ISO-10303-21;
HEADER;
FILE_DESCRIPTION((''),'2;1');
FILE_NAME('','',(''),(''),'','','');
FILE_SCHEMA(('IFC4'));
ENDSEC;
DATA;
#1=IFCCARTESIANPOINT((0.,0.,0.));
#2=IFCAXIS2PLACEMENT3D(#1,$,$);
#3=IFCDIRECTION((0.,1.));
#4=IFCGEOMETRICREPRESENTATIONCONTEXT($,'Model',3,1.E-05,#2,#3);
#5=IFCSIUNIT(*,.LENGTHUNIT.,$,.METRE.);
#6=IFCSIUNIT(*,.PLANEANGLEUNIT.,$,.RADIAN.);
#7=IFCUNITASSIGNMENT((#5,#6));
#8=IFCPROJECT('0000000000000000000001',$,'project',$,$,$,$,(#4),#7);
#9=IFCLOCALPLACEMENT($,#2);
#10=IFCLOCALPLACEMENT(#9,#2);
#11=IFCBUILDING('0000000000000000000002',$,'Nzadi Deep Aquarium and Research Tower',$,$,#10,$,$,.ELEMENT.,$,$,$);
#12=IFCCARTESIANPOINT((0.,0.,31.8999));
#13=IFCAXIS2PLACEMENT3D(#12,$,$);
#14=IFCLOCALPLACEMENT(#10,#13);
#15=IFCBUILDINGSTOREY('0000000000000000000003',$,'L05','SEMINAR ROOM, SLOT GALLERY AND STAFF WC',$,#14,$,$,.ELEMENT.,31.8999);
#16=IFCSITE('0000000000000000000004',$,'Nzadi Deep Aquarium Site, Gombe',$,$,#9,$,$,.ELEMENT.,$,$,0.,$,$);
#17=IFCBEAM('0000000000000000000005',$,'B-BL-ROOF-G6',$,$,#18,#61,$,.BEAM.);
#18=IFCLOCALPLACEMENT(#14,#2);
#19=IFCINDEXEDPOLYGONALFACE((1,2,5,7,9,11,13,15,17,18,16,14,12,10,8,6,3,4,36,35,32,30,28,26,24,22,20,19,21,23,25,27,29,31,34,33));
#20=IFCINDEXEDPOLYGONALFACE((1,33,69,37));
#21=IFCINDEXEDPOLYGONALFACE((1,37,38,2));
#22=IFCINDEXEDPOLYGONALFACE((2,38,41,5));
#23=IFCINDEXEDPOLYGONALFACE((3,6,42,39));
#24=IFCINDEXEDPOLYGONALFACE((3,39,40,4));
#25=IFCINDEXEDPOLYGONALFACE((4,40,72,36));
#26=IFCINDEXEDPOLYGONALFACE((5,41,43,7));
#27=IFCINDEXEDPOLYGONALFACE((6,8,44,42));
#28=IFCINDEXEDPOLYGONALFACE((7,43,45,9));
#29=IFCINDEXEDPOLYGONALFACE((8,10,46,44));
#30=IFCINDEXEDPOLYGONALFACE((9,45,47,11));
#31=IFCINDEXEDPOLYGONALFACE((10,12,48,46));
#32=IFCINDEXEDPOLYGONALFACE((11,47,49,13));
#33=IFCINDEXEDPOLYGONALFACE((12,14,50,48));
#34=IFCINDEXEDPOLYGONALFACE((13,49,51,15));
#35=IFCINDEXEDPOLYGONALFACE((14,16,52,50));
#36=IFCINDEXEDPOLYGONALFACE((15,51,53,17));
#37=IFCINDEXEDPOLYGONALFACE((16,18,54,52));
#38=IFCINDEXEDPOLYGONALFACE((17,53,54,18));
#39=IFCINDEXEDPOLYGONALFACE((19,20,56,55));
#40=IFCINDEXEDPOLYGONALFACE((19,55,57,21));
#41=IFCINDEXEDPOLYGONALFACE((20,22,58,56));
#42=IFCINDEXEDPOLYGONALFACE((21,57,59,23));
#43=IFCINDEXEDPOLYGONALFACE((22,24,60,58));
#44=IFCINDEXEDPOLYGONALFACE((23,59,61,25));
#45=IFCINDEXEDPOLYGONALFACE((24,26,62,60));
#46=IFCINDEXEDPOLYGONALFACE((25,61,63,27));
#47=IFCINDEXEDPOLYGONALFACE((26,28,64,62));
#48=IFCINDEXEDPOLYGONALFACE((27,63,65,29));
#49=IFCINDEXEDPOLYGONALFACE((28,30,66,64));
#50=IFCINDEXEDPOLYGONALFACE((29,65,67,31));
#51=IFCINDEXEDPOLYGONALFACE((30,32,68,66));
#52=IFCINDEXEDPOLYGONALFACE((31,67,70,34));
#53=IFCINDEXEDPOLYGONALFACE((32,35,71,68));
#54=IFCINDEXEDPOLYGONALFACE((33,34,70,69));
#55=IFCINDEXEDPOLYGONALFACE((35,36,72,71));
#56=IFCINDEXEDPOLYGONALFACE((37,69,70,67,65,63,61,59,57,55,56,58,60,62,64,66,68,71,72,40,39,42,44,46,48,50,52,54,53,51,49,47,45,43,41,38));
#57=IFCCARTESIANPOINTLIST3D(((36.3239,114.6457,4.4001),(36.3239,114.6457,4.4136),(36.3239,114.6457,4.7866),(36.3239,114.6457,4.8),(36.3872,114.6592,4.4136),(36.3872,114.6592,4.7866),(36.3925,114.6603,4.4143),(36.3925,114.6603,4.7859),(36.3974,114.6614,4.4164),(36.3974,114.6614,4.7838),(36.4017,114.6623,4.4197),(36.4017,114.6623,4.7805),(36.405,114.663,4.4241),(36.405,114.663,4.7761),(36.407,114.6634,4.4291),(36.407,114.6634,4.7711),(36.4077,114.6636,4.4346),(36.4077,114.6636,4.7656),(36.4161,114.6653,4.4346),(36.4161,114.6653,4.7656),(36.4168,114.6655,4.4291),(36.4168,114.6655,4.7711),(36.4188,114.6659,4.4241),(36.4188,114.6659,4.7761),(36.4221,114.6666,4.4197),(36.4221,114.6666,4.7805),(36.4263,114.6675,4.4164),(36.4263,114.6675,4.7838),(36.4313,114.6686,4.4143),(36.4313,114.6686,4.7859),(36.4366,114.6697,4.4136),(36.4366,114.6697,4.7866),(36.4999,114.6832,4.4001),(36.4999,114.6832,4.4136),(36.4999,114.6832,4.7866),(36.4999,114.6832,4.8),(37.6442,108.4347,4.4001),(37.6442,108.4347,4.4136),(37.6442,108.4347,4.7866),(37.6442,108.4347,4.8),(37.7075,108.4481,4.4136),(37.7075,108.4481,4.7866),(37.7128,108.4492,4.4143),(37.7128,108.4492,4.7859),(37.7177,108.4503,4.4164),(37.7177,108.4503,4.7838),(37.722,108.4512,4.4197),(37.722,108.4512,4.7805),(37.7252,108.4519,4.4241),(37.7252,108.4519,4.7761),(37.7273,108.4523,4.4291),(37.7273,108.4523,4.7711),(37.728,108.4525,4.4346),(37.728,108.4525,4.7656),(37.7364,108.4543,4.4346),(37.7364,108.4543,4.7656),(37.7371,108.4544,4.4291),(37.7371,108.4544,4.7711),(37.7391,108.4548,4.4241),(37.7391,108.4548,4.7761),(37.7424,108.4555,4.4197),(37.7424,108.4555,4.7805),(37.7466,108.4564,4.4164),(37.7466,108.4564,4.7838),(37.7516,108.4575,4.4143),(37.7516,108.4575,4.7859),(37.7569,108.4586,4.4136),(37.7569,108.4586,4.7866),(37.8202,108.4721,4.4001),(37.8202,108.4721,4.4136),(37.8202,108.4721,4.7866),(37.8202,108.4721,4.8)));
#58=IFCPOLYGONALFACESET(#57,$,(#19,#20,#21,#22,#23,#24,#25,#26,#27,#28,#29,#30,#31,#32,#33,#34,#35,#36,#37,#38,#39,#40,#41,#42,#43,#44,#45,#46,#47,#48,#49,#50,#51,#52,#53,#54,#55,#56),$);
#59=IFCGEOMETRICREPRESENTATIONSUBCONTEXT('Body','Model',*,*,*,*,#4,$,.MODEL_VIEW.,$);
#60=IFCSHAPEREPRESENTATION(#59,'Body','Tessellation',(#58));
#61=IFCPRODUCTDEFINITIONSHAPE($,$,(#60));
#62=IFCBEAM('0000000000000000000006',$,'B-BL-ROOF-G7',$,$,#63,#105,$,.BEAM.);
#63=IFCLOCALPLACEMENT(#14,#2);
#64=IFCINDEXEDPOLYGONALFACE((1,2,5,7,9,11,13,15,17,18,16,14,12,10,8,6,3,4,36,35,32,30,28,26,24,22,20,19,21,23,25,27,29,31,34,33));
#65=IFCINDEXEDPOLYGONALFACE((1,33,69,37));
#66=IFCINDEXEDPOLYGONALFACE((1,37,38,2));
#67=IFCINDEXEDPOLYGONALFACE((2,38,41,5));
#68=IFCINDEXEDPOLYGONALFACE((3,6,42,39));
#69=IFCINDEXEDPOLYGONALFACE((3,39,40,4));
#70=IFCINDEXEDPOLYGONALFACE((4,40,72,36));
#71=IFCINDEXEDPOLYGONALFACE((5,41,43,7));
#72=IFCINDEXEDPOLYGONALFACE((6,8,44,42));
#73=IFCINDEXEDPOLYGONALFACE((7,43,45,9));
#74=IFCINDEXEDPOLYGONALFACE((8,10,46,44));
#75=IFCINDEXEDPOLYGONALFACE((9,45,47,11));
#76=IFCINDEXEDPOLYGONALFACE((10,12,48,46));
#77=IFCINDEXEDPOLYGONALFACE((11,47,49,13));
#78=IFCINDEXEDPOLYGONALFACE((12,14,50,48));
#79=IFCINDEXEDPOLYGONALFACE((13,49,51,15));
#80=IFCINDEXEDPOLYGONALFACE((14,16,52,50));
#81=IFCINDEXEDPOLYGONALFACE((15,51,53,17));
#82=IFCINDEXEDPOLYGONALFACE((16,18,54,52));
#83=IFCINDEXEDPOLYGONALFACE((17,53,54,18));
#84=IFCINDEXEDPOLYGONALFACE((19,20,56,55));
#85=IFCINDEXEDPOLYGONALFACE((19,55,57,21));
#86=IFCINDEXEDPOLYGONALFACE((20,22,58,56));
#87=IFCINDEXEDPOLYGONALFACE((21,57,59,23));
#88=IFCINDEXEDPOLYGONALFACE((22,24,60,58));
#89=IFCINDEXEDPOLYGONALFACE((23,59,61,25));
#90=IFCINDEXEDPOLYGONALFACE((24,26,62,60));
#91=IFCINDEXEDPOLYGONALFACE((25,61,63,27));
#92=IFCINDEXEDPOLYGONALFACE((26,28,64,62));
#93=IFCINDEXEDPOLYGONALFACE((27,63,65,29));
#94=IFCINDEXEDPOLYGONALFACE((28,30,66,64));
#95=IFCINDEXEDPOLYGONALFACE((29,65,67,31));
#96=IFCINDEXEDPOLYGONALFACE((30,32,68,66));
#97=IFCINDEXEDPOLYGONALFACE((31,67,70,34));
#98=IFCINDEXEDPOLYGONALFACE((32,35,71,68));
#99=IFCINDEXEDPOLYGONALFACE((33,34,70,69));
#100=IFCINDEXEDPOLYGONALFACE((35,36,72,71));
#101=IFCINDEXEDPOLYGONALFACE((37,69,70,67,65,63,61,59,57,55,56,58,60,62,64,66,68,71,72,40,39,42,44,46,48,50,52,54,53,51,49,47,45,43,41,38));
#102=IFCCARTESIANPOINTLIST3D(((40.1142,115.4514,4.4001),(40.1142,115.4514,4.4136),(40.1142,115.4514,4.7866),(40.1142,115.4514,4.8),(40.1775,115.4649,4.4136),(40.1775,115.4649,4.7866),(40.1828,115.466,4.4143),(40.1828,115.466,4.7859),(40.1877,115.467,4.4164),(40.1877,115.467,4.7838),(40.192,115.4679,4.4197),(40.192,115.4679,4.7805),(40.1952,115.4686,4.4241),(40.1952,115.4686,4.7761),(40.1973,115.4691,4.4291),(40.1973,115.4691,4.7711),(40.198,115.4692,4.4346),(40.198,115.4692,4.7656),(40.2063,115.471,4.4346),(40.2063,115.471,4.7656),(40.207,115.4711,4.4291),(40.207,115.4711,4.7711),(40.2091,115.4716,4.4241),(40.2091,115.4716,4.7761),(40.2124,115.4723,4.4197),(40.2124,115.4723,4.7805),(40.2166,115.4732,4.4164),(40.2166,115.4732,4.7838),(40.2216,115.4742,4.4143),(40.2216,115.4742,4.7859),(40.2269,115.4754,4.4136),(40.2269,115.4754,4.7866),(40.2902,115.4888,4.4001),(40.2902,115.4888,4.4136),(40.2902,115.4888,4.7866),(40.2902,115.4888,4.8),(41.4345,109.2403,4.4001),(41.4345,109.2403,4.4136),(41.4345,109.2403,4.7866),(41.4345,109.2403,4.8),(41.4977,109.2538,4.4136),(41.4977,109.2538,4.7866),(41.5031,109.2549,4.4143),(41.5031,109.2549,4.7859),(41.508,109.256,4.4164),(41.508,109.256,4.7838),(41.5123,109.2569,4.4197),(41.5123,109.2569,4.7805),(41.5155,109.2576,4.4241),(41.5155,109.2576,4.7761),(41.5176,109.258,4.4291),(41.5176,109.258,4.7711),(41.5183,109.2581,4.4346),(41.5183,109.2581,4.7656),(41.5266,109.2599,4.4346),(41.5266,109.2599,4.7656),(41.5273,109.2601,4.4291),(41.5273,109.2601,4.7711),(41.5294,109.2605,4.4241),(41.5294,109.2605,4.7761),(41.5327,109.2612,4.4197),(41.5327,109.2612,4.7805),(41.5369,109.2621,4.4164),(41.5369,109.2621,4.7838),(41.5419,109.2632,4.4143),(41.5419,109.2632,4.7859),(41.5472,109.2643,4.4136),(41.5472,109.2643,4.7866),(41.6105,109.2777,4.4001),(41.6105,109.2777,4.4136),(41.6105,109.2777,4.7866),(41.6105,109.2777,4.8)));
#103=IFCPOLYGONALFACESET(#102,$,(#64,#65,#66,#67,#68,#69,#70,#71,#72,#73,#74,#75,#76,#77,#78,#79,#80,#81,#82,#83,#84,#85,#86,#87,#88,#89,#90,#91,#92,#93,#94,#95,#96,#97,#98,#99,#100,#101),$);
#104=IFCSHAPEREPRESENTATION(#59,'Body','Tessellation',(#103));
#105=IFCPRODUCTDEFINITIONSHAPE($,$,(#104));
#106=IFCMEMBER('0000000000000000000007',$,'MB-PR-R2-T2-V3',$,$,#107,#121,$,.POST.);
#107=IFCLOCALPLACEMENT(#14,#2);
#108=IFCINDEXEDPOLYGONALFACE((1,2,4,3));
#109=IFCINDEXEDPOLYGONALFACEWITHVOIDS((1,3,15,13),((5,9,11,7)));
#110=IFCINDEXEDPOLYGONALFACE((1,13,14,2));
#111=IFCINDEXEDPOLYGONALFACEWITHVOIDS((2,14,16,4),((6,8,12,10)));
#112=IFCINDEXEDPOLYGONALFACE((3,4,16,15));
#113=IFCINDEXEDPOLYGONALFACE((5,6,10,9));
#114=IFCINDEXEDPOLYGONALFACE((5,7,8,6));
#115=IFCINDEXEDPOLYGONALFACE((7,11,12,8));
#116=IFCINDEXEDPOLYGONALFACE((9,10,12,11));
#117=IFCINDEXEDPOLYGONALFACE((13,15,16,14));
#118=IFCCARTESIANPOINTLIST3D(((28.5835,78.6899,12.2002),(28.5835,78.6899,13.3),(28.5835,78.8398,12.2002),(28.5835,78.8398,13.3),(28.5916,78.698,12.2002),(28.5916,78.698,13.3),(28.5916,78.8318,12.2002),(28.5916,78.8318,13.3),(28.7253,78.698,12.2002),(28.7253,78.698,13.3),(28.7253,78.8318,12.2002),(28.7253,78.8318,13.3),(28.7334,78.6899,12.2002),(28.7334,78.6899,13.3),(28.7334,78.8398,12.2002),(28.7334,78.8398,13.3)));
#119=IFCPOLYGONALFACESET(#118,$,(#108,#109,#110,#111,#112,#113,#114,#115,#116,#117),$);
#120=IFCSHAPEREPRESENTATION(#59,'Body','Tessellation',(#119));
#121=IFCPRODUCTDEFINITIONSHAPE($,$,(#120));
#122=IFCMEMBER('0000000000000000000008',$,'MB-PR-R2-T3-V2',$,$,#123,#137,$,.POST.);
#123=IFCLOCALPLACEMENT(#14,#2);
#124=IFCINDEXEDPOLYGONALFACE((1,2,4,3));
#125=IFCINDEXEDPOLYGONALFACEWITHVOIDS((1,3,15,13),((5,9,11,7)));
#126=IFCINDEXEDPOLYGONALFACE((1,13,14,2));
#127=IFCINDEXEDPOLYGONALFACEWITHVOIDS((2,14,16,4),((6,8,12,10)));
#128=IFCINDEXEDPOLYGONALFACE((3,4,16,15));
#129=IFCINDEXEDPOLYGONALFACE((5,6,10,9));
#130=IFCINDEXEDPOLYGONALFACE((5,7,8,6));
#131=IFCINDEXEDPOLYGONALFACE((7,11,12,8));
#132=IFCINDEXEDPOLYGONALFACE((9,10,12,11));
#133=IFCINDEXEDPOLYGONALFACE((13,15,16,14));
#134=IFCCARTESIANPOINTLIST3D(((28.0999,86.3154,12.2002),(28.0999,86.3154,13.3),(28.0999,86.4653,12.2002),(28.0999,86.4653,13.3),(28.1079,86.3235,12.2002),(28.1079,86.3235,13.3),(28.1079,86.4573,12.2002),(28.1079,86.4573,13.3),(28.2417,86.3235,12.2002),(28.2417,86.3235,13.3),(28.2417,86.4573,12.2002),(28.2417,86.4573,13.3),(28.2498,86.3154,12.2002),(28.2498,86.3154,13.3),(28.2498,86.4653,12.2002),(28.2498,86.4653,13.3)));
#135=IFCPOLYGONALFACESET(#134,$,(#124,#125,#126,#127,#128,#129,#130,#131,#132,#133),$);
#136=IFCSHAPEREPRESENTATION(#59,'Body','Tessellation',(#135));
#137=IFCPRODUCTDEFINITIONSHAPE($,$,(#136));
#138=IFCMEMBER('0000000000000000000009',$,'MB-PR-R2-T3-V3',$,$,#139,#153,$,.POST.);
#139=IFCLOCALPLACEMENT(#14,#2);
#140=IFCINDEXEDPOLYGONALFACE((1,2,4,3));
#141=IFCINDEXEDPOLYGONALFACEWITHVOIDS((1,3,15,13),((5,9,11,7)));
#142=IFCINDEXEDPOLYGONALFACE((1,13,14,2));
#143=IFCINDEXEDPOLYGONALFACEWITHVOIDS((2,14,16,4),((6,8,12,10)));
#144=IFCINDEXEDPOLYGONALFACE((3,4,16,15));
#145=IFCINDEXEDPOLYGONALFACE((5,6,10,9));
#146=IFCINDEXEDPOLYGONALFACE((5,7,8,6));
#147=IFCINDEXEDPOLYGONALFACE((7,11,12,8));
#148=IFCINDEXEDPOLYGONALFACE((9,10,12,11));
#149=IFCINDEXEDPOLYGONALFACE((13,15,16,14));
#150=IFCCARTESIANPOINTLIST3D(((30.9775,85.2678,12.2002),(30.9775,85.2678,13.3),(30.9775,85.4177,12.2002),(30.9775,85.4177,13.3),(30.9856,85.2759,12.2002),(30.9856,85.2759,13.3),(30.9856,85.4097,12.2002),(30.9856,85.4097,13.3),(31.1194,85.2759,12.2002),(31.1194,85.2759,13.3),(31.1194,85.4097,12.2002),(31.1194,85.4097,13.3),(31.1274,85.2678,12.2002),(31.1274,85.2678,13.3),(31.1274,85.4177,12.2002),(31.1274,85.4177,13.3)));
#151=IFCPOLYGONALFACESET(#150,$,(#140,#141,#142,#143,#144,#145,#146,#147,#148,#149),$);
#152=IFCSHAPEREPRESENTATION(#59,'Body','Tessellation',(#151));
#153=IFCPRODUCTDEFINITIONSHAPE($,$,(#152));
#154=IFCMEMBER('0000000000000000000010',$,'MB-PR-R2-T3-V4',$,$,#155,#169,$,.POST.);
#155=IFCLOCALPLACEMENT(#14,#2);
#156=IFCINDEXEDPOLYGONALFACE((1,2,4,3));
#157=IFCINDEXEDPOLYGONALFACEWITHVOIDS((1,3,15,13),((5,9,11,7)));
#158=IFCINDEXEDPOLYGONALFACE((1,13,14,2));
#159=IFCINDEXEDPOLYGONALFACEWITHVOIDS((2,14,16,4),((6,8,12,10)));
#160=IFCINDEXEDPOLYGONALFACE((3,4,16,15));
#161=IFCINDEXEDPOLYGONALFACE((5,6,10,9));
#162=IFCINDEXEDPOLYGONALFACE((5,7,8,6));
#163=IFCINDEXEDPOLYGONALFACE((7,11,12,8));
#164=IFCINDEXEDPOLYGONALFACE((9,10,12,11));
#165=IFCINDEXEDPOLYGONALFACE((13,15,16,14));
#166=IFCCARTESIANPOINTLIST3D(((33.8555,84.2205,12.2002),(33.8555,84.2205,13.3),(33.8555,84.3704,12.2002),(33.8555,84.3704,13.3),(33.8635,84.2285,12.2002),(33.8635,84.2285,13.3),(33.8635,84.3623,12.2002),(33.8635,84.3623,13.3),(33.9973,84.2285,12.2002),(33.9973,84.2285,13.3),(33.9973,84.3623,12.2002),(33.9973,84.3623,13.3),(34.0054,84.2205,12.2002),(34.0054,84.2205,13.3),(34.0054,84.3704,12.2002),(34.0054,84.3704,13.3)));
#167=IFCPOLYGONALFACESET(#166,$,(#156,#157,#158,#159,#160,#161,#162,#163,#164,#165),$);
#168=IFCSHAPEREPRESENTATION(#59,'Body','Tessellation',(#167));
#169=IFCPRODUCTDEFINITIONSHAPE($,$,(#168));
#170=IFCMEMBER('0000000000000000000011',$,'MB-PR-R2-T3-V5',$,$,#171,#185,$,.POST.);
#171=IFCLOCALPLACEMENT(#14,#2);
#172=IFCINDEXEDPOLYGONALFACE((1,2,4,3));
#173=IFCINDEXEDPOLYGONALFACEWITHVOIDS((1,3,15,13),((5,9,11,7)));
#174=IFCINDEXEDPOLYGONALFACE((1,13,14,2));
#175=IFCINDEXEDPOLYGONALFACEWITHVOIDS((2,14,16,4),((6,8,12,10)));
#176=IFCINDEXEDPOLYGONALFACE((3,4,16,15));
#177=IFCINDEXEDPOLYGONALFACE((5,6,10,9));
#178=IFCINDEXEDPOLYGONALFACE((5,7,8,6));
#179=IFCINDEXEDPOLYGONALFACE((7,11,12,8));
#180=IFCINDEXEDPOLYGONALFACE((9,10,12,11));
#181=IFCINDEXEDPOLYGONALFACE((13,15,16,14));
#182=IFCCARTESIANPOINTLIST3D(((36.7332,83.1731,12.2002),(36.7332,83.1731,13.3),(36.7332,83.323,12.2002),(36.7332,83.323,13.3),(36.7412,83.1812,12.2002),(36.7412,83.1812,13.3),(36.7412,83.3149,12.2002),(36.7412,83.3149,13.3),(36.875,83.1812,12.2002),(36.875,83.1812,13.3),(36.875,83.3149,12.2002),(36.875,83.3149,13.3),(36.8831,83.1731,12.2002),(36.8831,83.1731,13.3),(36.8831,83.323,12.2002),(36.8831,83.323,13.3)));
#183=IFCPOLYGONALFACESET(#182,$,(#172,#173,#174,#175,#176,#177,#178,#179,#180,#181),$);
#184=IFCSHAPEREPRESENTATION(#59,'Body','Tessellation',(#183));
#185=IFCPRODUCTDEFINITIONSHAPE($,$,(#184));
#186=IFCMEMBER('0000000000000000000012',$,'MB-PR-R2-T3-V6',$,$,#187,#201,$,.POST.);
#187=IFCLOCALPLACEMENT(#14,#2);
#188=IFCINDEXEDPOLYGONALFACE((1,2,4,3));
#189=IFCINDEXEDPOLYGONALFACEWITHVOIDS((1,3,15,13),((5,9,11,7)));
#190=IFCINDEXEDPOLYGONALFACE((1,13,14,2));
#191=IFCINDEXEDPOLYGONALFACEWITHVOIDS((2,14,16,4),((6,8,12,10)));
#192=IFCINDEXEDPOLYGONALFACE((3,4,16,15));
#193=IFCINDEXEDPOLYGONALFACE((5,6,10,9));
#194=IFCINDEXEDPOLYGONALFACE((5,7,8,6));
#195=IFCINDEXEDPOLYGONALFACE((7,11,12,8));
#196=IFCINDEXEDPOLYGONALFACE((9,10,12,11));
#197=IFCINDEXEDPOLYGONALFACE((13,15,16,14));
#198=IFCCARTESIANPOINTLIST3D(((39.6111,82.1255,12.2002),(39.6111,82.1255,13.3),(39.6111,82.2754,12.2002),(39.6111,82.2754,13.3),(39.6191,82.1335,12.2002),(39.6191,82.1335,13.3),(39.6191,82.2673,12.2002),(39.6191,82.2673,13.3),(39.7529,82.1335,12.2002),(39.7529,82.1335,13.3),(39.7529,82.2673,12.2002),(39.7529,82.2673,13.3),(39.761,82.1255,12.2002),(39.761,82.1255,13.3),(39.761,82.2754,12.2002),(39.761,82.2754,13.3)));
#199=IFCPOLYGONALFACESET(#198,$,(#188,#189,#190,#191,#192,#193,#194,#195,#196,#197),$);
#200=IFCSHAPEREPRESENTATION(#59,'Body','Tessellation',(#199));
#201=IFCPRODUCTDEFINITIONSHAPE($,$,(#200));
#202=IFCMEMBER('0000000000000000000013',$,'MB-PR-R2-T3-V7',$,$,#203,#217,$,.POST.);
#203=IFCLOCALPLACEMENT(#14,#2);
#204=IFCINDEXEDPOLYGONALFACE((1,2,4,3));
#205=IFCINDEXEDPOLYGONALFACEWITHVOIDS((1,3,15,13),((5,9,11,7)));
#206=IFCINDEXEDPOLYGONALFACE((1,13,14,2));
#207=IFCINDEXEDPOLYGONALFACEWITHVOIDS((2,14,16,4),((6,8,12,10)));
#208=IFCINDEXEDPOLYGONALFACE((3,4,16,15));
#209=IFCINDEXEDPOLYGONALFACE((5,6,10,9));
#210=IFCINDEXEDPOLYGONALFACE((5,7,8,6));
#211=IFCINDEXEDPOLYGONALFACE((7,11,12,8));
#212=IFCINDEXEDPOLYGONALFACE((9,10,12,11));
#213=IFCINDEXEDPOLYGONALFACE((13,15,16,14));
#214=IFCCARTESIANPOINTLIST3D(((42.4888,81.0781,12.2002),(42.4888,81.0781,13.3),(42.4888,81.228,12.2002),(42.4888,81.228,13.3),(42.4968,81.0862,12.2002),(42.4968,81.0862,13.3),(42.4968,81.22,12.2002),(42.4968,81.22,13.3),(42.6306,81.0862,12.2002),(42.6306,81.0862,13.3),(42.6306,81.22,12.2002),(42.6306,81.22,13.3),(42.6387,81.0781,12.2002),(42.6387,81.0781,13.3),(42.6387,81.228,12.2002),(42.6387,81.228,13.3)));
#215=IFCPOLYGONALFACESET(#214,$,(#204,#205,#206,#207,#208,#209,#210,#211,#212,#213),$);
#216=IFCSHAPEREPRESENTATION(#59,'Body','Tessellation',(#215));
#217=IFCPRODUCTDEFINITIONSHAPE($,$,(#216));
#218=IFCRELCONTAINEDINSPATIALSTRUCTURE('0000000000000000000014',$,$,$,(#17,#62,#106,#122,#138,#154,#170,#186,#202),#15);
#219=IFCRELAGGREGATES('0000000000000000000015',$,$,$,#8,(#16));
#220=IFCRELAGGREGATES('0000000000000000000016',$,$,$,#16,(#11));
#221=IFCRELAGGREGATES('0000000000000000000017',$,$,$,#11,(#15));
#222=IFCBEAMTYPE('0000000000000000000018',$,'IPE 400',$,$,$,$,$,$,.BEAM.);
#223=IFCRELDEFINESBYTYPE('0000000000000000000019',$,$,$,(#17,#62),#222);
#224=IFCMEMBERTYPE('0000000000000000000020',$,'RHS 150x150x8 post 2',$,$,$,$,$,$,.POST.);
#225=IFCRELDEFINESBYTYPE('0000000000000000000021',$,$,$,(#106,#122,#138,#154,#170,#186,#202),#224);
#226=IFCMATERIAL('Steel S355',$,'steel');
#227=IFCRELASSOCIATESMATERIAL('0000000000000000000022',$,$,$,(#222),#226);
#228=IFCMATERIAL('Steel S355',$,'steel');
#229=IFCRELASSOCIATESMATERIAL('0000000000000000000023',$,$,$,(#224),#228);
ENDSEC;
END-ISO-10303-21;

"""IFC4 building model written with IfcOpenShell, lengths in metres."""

from ifc_helpers import new_model, si_unit, direction, frame, origin, origin_2d, place, context, subcontext, project, spatial, hollow_rectangle, i_section, extrude, material, material_profile, profile_set, type_object, element, save


model = new_model("IFC4")

# Units and contexts
model_context = context("Model", 3, precision=1e-05, world=origin(), true_north=direction((0.0, 1.0)))
body_context = subcontext(model_context, "Body", "Model", "MODEL_VIEW")
ifc_project = project(units=[si_unit("LENGTHUNIT", "METRE"), si_unit("PLANEANGLEUNIT", "RADIAN")], contexts=[model_context])

# Site, building, storey
site_placement = place(None, origin())
site = spatial("IfcSite", under=ifc_project, at=site_placement, Name="Nzadi Deep Aquarium Site, Gombe", CompositionType="ELEMENT", RefElevation=0.0)
building_placement = place(site_placement, origin())
building = spatial("IfcBuilding", under=site, at=building_placement, Name="Nzadi Deep Aquarium and Research Tower", CompositionType="ELEMENT")
storey_placement = place(building_placement, frame((0.0, 0.0, 31.8999)))
storey = spatial("IfcBuildingStorey", under=building, at=storey_placement, Name="L05", Description="SEMINAR ROOM, SLOT GALLERY AND STAFF WC", CompositionType="ELEMENT", Elevation=31.8999)

# Beams
ifc_material_1 = material(Name="Steel S355", Category="steel")
ifc_material_profile_1 = material_profile(ifc_material_1, i_section(OverallWidth=0.1799, OverallDepth=0.3999, WebThickness=0.0085, FlangeThickness=0.0134, FilletRadius=0.021, at=origin_2d()))
ifc_profile_set_1 = profile_set([ifc_material_profile_1], Name="Steel S355")
beam_type = type_object("IfcBeamType", Name="IPE 400", PredefinedType="BEAM", material=ifc_profile_set_1)
for number, where, z_axis, x_axis, name in (
    (1, (37.7322, 108.4534, 4.6001), (-0.207925, 0.978145, 0.0), (-0.978145, -0.207925, 0.0), "B-BL-ROOF-G6"),
    (2, (41.5225, 109.259, 4.6001), (-0.207925, 0.978145, 0.0), (-0.978145, -0.207925, 0.0), "B-BL-ROOF-G7"),
):
    element("IfcBeam", number, at=place(storey_placement, frame(where, z_axis=z_axis, x_axis=x_axis)), inside=storey, type_object=beam_type, Name=name, PredefinedType="BEAM", context=body_context, shape_type="SweptSolid", body=[
        extrude(i_section(OverallWidth=0.1799, OverallDepth=0.3999, WebThickness=0.0085, FlangeThickness=0.0134, FilletRadius=0.021, at=origin_2d()), origin(), (0.0, 0.0, 1.0), 6.3499),
    ])

# Members
ifc_material_2 = material(Name="Steel S355", Category="steel")
ifc_material_profile_2 = material_profile(ifc_material_2, hollow_rectangle(XDim=0.1499, YDim=0.1499, WallThickness=0.0081, at=origin_2d()))
ifc_profile_set_2 = profile_set([ifc_material_profile_2], Name="Steel S355")
member_type_1 = type_object("IfcMemberType", Name="RHS 150x150x8 post 2", PredefinedType="POST", material=ifc_profile_set_2)
for number, where, z_axis, x_axis, name in (
    (3, (28.6584, 78.7649, 12.2002), (0.0, 0.0, 1.0), (1.0, 0.0, 0.0), "MB-PR-R2-T2-V3"),
    (4, (28.1748, 86.3904, 12.2002), (0.0, 0.0, 1.0), (1.0, 0.0, 0.0), "MB-PR-R2-T3-V2"),
    (5, (31.0525, 85.3428, 12.2002), (0.0, 0.0, 1.0), (1.0, 0.0, 0.0), "MB-PR-R2-T3-V3"),
    (6, (33.9304, 84.2954, 12.2002), (0.0, 0.0, 1.0), (1.0, 0.0, 0.0), "MB-PR-R2-T3-V4"),
    (7, (36.8081, 83.248, 12.2002), (0.0, 0.0, 1.0), (1.0, 0.0, 0.0), "MB-PR-R2-T3-V5"),
    (8, (39.686, 82.2004, 12.2002), (0.0, 0.0, 1.0), (1.0, 0.0, 0.0), "MB-PR-R2-T3-V6"),
    (9, (42.5637, 81.1531, 12.2002), (0.0, 0.0, 1.0), (1.0, 0.0, 0.0), "MB-PR-R2-T3-V7"),
):
    element("IfcMember", number, at=place(storey_placement, frame(where, z_axis=z_axis, x_axis=x_axis)), inside=storey, type_object=member_type_1, Name=name, PredefinedType="POST", context=body_context, shape_type="SweptSolid", body=[
        extrude(hollow_rectangle(XDim=0.1499, YDim=0.1499, WallThickness=0.0081, at=origin_2d()), origin(), (0.0, 0.0, 1.0), 1.0999),
    ])

save(model, "model.ifc")
